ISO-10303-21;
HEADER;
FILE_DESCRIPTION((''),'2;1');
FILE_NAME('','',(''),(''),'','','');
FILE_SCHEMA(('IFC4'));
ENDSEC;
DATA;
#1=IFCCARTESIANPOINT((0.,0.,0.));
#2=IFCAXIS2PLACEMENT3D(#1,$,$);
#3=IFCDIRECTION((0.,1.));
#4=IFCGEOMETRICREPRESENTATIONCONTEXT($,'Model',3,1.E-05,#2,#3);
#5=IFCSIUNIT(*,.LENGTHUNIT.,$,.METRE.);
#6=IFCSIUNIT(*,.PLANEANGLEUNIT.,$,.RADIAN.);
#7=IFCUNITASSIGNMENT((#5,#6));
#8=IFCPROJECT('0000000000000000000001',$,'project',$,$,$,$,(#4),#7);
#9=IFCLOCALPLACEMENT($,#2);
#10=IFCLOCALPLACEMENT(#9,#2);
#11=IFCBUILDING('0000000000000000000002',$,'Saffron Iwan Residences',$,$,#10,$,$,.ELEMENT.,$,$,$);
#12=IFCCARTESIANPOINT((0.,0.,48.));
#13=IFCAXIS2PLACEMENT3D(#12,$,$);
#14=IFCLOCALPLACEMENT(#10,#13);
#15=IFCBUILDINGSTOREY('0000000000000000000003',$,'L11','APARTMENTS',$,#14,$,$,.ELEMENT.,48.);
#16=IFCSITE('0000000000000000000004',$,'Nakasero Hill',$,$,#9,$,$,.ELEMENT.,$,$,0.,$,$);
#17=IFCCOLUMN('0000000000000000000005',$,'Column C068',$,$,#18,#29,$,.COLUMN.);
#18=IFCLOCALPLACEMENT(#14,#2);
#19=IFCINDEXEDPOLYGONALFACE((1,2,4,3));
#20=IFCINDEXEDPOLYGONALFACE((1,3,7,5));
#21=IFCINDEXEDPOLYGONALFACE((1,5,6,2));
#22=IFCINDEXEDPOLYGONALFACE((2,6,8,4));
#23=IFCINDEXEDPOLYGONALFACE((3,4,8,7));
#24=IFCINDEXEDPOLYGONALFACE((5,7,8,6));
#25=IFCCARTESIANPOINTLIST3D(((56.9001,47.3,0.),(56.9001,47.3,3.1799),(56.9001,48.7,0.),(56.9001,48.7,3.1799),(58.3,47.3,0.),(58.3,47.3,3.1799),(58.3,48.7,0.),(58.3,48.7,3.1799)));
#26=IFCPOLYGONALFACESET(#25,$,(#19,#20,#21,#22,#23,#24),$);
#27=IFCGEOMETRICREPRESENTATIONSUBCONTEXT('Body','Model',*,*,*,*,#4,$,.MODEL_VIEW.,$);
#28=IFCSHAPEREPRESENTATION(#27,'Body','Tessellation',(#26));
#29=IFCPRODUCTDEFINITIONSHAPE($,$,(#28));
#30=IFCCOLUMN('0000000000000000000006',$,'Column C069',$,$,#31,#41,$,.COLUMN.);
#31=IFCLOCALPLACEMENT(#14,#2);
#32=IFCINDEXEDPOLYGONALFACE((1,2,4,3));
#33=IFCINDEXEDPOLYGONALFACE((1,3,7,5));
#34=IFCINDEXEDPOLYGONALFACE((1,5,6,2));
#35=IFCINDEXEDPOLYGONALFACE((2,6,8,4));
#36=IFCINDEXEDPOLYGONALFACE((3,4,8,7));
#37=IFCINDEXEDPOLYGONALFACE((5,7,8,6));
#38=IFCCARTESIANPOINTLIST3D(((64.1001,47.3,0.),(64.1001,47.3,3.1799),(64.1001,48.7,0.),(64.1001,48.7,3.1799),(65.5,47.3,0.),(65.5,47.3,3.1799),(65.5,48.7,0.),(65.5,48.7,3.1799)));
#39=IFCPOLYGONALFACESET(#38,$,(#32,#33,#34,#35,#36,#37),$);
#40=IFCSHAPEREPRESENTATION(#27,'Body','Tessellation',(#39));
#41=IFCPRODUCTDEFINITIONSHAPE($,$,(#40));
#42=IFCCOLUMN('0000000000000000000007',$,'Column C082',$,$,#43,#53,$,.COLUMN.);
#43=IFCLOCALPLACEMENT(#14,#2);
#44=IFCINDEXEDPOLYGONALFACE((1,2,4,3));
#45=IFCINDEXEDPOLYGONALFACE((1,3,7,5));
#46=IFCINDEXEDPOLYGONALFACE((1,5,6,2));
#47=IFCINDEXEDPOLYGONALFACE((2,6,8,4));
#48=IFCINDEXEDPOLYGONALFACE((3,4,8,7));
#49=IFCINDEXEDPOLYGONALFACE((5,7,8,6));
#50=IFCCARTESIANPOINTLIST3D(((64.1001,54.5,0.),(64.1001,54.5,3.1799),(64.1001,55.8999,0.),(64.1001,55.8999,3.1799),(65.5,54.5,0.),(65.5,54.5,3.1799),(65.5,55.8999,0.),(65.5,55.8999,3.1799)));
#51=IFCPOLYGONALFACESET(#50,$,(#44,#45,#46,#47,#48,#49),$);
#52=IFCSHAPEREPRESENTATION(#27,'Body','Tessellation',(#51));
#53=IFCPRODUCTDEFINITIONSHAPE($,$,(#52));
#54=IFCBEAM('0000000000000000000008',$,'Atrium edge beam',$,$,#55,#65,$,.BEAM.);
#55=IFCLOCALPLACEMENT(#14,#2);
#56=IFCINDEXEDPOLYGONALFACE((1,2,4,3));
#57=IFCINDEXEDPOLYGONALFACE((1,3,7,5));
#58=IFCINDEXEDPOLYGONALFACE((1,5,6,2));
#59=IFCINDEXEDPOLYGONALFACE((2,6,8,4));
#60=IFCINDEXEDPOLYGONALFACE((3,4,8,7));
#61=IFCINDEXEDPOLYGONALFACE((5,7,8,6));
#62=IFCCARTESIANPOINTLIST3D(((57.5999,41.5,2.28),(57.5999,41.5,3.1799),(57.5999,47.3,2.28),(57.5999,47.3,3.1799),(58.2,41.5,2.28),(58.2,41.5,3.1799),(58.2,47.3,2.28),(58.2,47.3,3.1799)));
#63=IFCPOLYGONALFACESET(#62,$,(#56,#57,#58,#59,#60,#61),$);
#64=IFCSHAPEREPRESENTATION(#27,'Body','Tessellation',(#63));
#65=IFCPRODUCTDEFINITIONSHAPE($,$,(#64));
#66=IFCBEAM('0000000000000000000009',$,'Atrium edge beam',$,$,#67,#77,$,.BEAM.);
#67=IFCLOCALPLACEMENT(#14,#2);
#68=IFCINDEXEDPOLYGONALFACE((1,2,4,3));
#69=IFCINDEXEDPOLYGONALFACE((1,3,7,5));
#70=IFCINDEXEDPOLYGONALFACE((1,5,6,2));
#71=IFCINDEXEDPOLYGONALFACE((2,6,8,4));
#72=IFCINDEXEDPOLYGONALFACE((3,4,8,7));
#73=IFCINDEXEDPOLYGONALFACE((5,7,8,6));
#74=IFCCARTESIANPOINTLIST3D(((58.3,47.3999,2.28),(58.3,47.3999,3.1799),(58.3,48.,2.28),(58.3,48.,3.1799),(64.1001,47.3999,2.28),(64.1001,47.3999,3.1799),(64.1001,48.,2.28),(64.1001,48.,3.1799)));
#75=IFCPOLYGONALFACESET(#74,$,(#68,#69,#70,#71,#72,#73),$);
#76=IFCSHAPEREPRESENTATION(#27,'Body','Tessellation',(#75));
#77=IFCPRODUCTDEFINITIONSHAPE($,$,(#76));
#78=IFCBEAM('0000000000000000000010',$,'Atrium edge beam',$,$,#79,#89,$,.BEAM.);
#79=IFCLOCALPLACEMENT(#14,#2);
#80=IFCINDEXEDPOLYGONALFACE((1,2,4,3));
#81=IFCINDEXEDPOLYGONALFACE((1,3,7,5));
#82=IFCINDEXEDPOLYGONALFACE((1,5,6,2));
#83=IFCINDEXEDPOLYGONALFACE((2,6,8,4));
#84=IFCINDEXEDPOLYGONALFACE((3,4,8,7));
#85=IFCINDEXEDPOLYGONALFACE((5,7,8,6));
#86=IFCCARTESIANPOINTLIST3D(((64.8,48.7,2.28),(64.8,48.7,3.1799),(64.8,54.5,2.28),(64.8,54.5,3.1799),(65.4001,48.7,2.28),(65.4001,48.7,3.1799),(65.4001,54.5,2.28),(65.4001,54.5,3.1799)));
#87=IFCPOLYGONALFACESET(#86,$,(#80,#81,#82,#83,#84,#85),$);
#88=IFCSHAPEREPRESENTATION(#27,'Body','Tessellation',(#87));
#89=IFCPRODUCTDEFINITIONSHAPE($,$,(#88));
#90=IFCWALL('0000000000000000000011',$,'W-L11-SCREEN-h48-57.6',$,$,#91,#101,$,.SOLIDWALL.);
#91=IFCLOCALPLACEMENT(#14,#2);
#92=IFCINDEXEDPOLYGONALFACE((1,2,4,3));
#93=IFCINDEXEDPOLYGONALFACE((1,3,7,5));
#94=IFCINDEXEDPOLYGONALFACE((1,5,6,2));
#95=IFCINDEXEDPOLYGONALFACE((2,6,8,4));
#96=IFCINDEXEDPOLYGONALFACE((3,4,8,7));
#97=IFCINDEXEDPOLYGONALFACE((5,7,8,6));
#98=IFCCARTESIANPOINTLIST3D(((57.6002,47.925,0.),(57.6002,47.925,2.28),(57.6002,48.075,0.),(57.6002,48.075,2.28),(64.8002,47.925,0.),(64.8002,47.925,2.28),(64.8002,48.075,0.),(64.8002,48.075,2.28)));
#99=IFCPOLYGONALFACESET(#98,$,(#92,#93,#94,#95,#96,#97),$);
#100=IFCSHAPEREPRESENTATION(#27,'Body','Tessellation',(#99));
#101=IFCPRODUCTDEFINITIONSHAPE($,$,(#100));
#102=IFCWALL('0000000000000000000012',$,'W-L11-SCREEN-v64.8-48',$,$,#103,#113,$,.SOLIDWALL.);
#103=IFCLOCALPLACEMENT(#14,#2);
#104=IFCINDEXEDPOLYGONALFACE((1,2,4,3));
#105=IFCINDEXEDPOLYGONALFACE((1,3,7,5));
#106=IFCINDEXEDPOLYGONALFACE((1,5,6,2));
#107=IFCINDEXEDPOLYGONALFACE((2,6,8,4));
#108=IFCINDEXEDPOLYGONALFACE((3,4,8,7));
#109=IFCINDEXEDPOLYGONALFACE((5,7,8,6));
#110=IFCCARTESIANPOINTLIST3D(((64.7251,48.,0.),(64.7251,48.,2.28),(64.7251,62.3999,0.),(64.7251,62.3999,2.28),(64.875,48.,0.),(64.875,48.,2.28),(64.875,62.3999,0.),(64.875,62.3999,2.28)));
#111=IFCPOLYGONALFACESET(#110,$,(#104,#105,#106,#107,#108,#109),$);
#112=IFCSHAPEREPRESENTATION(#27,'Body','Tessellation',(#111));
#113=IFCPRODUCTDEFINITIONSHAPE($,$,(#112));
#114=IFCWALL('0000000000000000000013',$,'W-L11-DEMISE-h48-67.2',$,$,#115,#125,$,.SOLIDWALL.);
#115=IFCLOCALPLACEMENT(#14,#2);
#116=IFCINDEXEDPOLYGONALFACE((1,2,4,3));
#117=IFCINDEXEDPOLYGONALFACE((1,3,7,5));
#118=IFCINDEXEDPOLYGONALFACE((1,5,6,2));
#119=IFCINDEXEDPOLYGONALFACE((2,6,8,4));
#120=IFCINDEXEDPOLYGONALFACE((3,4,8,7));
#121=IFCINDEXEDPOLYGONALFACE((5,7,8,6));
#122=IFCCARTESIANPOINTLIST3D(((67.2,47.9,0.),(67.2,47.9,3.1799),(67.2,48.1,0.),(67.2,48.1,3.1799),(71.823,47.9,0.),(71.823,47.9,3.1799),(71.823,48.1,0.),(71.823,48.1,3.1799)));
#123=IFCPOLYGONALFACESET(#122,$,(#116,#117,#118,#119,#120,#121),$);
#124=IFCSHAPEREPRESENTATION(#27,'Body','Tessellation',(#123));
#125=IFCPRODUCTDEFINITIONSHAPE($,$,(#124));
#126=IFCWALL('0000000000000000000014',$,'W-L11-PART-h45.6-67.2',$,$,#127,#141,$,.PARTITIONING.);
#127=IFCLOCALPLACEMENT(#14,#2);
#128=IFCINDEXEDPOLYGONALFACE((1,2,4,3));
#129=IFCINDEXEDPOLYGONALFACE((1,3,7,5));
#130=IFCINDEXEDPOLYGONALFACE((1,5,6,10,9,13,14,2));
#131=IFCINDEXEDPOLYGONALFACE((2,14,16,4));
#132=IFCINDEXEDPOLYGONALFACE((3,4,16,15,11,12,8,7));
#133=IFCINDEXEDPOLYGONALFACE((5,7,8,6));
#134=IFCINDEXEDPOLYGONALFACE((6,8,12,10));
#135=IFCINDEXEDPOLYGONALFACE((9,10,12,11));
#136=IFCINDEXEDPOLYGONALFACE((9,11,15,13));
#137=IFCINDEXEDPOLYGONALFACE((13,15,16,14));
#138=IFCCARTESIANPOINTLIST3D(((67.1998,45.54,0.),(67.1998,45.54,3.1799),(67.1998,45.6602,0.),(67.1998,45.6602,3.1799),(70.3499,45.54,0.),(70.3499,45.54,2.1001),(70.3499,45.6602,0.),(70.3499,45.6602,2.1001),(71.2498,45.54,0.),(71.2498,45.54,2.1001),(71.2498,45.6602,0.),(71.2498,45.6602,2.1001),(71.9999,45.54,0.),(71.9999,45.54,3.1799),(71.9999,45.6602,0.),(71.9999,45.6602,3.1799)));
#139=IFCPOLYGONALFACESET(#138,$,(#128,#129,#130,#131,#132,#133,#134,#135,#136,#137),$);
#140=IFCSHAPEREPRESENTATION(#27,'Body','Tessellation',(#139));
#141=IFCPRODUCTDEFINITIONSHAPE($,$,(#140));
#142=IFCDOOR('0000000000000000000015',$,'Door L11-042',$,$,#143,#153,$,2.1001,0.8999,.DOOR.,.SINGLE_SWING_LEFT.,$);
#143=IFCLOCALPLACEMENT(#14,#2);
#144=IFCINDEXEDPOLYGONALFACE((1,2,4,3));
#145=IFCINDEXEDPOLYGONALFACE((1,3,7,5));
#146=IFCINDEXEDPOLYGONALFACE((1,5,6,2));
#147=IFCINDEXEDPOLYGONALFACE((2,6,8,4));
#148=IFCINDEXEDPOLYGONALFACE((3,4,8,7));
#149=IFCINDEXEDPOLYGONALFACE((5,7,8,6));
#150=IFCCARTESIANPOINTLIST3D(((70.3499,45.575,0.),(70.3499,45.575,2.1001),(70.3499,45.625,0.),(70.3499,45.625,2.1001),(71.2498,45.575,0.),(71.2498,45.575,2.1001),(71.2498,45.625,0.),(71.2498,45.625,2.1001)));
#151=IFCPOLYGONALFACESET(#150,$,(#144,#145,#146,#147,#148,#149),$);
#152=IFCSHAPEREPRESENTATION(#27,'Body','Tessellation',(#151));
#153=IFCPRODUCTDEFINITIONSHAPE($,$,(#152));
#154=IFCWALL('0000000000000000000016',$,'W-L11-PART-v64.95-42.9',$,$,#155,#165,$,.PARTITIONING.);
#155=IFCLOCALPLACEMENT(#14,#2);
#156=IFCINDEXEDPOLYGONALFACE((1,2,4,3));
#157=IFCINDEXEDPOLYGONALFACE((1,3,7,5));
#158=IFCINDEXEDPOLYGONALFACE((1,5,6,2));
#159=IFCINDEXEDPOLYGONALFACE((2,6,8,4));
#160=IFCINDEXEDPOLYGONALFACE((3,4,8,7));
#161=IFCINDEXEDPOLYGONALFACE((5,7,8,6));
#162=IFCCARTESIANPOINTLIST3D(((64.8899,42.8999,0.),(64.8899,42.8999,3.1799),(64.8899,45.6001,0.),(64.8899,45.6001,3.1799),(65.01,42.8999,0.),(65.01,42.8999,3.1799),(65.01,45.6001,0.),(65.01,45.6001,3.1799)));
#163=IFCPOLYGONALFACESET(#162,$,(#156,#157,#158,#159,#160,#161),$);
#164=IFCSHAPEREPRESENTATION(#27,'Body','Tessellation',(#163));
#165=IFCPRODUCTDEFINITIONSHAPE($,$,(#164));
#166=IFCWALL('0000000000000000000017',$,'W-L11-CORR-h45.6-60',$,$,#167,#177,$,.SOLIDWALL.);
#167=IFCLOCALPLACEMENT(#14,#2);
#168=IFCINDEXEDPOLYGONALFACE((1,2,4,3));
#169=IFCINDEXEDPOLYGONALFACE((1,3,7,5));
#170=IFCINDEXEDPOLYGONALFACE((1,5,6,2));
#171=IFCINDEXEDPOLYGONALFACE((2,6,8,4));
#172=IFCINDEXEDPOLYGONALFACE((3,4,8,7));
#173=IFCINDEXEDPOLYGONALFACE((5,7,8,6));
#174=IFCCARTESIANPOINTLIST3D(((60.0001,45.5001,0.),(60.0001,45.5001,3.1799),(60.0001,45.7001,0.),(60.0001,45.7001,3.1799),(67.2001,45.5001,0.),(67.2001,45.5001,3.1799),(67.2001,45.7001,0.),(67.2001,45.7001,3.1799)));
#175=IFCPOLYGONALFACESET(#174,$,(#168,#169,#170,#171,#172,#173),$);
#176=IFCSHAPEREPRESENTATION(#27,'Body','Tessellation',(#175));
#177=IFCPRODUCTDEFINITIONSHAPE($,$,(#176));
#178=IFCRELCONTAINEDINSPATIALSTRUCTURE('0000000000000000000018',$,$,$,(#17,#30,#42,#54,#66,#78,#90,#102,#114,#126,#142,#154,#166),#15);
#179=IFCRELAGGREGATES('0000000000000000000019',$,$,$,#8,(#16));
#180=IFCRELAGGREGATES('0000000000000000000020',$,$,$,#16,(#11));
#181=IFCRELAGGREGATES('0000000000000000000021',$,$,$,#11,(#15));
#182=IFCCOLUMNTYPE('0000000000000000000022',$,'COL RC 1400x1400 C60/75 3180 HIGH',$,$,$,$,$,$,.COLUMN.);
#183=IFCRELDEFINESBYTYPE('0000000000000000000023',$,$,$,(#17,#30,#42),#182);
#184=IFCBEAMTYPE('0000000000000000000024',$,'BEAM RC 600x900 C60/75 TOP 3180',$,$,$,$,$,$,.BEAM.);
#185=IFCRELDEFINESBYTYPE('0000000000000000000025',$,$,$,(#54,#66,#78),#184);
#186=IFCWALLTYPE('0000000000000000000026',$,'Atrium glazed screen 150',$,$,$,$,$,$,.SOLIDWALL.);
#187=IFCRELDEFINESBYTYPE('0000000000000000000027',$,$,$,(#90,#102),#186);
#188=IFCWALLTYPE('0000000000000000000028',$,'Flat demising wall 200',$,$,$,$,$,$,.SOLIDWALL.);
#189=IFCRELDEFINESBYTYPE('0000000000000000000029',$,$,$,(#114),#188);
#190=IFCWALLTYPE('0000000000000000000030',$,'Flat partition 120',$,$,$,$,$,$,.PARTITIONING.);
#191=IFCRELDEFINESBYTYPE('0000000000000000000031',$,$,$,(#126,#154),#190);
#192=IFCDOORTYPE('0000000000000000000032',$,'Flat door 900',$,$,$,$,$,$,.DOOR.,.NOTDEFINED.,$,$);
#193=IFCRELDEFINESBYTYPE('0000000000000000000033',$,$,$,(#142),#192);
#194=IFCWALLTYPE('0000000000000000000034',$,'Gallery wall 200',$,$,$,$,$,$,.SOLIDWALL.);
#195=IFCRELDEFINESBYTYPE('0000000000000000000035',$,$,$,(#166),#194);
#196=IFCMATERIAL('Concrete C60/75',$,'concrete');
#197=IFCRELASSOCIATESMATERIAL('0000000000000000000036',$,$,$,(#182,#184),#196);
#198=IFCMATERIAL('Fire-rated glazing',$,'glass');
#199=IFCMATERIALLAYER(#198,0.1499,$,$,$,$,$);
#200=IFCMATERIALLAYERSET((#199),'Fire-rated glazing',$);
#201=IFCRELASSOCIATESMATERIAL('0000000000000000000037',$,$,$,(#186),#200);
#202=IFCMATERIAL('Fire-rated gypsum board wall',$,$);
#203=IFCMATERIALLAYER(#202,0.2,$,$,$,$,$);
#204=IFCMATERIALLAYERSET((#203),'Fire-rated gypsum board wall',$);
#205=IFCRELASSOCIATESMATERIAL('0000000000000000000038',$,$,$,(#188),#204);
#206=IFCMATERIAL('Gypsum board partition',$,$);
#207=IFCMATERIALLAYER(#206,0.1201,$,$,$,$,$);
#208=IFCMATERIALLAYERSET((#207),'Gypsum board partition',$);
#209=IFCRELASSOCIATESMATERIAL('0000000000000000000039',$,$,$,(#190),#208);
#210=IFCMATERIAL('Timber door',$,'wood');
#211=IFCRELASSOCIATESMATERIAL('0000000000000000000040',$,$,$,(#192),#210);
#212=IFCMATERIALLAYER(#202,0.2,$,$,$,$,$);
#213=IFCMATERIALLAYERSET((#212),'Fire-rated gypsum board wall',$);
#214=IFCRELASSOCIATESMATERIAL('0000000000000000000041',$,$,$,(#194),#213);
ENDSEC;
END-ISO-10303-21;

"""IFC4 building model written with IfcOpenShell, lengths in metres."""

from ifc_helpers import new_model, si_unit, direction, frame, frame_2d, origin, origin_2d, place, context, subcontext, project, spatial, rectangle, extrude, source, transform, mapped, material, layer, layer_set, material_profile, profile_set, type_object, element, fill, save


model = new_model("IFC4")

# Units and contexts
model_context = context("Model", 3, precision=1e-05, world=origin(), true_north=direction((0.0, 1.0)))
body_context = subcontext(model_context, "Body", "Model", "MODEL_VIEW")
ifc_project = project(units=[si_unit("LENGTHUNIT", "METRE"), si_unit("PLANEANGLEUNIT", "RADIAN")], contexts=[model_context])

# Site, building, storey
site_placement = place(None, origin())
site = spatial("IfcSite", under=ifc_project, at=site_placement, Name="Nakasero Hill", CompositionType="ELEMENT", RefElevation=0.0)
building_placement = place(site_placement, origin())
building = spatial("IfcBuilding", under=site, at=building_placement, Name="Saffron Iwan Residences", CompositionType="ELEMENT")
storey_placement = place(building_placement, frame((0.0, 0.0, 48.0)))
storey = spatial("IfcBuildingStorey", under=building, at=storey_placement, Name="L11", Description="APARTMENTS", CompositionType="ELEMENT", Elevation=48.0)

# Columns
ifc_material_1 = material(Name="Concrete C60/75", Category="concrete")
ifc_material_profile_1 = material_profile(ifc_material_1, rectangle(XDim=1.3999, YDim=1.3999, at=origin_2d()), Name="RC 1400x1400")
ifc_profile_set_1 = profile_set([ifc_material_profile_1], Name="Concrete C60/75")
column_type = type_object("IfcColumnType", Name="COL RC 1400x1400 C60/75 3180 HIGH", PredefinedType="COLUMN", material=ifc_profile_set_1)
shared_shape_1 = source(origin(), body_context, "Body", "SweptSolid", [
    extrude(rectangle(XDim=1.3999, YDim=1.3999, at=origin_2d()), origin(), (0.0, 0.0, 1.0), 3.1799),
])
for number, where, z_axis, x_axis, name in (
    (1, (57.6001, 48.0, 0.0), (0.0, 0.0, 1.0), (1.0, 0.0, 0.0), "Column C068"),
    (2, (64.8, 48.0, 0.0), (0.0, 0.0, 1.0), (1.0, 0.0, 0.0), "Column C069"),
    (3, (64.8, 55.2, 0.0), (0.0, 0.0, 1.0), (1.0, 0.0, 0.0), "Column C082"),
):
    element("IfcColumn", number, at=place(storey_placement, frame(where, z_axis=z_axis, x_axis=x_axis)), inside=storey, type_object=column_type, Name=name, PredefinedType="COLUMN", context=body_context, shape_type="MappedRepresentation", body=[
        mapped(shared_shape_1, transform((0.0, 0.0, 0.0))),
    ])

# Beams
ifc_material_profile_2 = material_profile(ifc_material_1, rectangle(XDim=0.6001, YDim=0.8999, at=origin_2d()), Name="RC 600x900")
ifc_profile_set_2 = profile_set([ifc_material_profile_2], Name="Concrete C60/75")
beam_type = type_object("IfcBeamType", Name="BEAM RC 600x900 C60/75 TOP 3180", PredefinedType="BEAM", material=ifc_profile_set_2)
shared_shape_2 = source(origin(), body_context, "Body", "SweptSolid", [
    extrude(rectangle(XDim=0.6001, YDim=0.8999, at=origin_2d()), origin(), (0.0, 0.0, 1.0), 5.8),
])
for number, where, z_axis, x_axis, name in (
    (4, (57.8999, 47.3, 2.73), (0.0, -1.0, 0.0), (1.0, 0.0, 0.0), "Atrium edge beam"),
    (5, (64.1001, 47.7, 2.73), (-1.0, 0.0, 0.0), (0.0, -1.0, 0.0), "Atrium edge beam"),
    (6, (65.1001, 54.5, 2.73), (0.0, -1.0, 0.0), (1.0, 0.0, 0.0), "Atrium edge beam"),
):
    element("IfcBeam", number, at=place(storey_placement, frame(where, z_axis=z_axis, x_axis=x_axis)), inside=storey, type_object=beam_type, Name=name, PredefinedType="BEAM", context=body_context, shape_type="MappedRepresentation", body=[
        mapped(shared_shape_2, transform((0.0, 0.0, 0.0))),
    ])

# Walls
ifc_material_2 = material(Name="Fire-rated glazing", Category="glass")
ifc_layer_1 = layer(ifc_material_2, 0.1499)
ifc_layer_set_1 = layer_set([ifc_layer_1], Name="Fire-rated glazing")
wall_type_1 = type_object("IfcWallType", Name="Atrium glazed screen 150", PredefinedType="SOLIDWALL", material=ifc_layer_set_1)
wall_1_placement = place(storey_placement, frame((57.6001, 48.0, 0.0), z_axis=(0.0, 0.0, 1.0), x_axis=(1.0, 0.0, 0.0)))
element("IfcWall", 7, at=wall_1_placement, inside=storey, type_object=wall_type_1, Name="W-L11-SCREEN-h48-57.6", PredefinedType="SOLIDWALL", context=body_context, shape_type="SweptSolid", body=[
    extrude(rectangle(XDim=7.2, YDim=0.1499, at=frame_2d((3.6001, 0.0))), origin(), (0.0, 0.0, 1.0), 2.28),
])
wall_2_placement = place(storey_placement, frame((64.8, 48.0, 0.0), z_axis=(0.0, 0.0, 1.0), x_axis=(0.0, 1.0, 0.0)))
element("IfcWall", 8, at=wall_2_placement, inside=storey, type_object=wall_type_1, Name="W-L11-SCREEN-v64.8-48", PredefinedType="SOLIDWALL", context=body_context, shape_type="SweptSolid", body=[
    extrude(rectangle(XDim=14.3999, YDim=0.1499, at=frame_2d((7.2, 0.0))), origin(), (0.0, 0.0, 1.0), 2.28),
])
ifc_material_3 = material(Name="Fire-rated gypsum board wall")
ifc_layer_2 = layer(ifc_material_3, 0.2)
ifc_layer_set_2 = layer_set([ifc_layer_2], Name="Fire-rated gypsum board wall")
wall_type_2 = type_object("IfcWallType", Name="Flat demising wall 200", PredefinedType="SOLIDWALL", material=ifc_layer_set_2)
wall_3_placement = place(storey_placement, frame((67.2, 48.0, 0.0), z_axis=(0.0, 0.0, 1.0), x_axis=(1.0, 0.0, 0.0)))
element("IfcWall", 9, at=wall_3_placement, inside=storey, type_object=wall_type_2, Name="W-L11-DEMISE-h48-67.2", PredefinedType="SOLIDWALL", context=body_context, shape_type="SweptSolid", body=[
    extrude(rectangle(XDim=4.623, YDim=0.2, at=frame_2d((2.3115, 0.0))), origin(), (0.0, 0.0, 1.0), 3.1799),
])

# Wall, opening, door
ifc_material_4 = material(Name="Gypsum board partition")
ifc_layer_3 = layer(ifc_material_4, 0.1201)
ifc_layer_set_3 = layer_set([ifc_layer_3], Name="Gypsum board partition")
wall_type_3 = type_object("IfcWallType", Name="Flat partition 120", PredefinedType="PARTITIONING", material=ifc_layer_set_3)
wall_4_placement = place(storey_placement, frame((67.2, 45.6001, 0.0), z_axis=(0.0, 0.0, 1.0), x_axis=(1.0, 0.0, 0.0)))
wall_4 = element("IfcWall", 10, at=wall_4_placement, inside=storey, type_object=wall_type_3, Name="W-L11-PART-h45.6-67.2", PredefinedType="PARTITIONING", context=body_context, shape_type="SweptSolid", body=[
    extrude(rectangle(XDim=4.8, YDim=0.1201, at=frame_2d((2.3999, 0.0))), origin(), (0.0, 0.0, 1.0), 3.1799),
])
opening_1_placement = place(wall_4_placement, frame((3.1499, 0.0, 0.0)))
opening_1 = element("IfcOpeningElement", 11, at=opening_1_placement, cuts=wall_4, PredefinedType="OPENING", context=body_context, shape_type="SweptSolid", body=[
    extrude(rectangle(XDim=0.8999, YDim=2.1001, at=frame_2d((0.45, 1.05))), frame((0.0, 0.0701, 0.0), z_axis=(0.0, -1.0, 0.0), x_axis=(1.0, 0.0, 0.0)), (0.0, 0.0, 1.0), 0.1401),
])
ifc_material_5 = material(Name="Timber door", Category="wood")
door_type_1 = type_object("IfcDoorType", Name="Flat door 900", OperationType="NOTDEFINED", PredefinedType="DOOR", material=ifc_material_5)
door_1_placement = place(opening_1_placement, origin())
door_1 = element("IfcDoor", 12, at=door_1_placement, inside=storey, type_object=door_type_1, Name="Door L11-042", OperationType="SINGLE_SWING_LEFT", OverallHeight=2.1001, OverallWidth=0.8999, PredefinedType="DOOR", context=body_context, shape_type="SweptSolid", body=[
    extrude(rectangle(XDim=0.8999, YDim=2.1001, at=frame_2d((0.45, 1.05))), frame((0.0, 0.0249, 0.0), z_axis=(0.0, -1.0, 0.0), x_axis=(1.0, 0.0, 0.0)), (0.0, 0.0, 1.0), 0.05),
])
fill(opening_1, door_1)

# Walls
wall_5_placement = place(storey_placement, frame((64.95, 42.8999, 0.0), z_axis=(0.0, 0.0, 1.0), x_axis=(0.0, 1.0, 0.0)))
element("IfcWall", 13, at=wall_5_placement, inside=storey, type_object=wall_type_3, Name="W-L11-PART-v64.95-42.9", PredefinedType="PARTITIONING", context=body_context, shape_type="SweptSolid", body=[
    extrude(rectangle(XDim=2.7002, YDim=0.1201, at=frame_2d((1.3501, 0.0))), origin(), (0.0, 0.0, 1.0), 3.1799),
])
ifc_layer_4 = layer(ifc_material_3, 0.2)
ifc_layer_set_4 = layer_set([ifc_layer_4], Name="Fire-rated gypsum board wall")
wall_type_4 = type_object("IfcWallType", Name="Gallery wall 200", PredefinedType="SOLIDWALL", material=ifc_layer_set_4)
wall_6_placement = place(storey_placement, frame((60.0, 45.6001, 0.0), z_axis=(0.0, 0.0, 1.0), x_axis=(1.0, 0.0, 0.0)))
element("IfcWall", 14, at=wall_6_placement, inside=storey, type_object=wall_type_4, Name="W-L11-CORR-h45.6-60", PredefinedType="SOLIDWALL", context=body_context, shape_type="SweptSolid", body=[
    extrude(rectangle(XDim=7.2, YDim=0.2, at=frame_2d((3.6001, 0.0))), origin(), (0.0, 0.0, 1.0), 3.1799),
])

save(model, "model.ifc")
